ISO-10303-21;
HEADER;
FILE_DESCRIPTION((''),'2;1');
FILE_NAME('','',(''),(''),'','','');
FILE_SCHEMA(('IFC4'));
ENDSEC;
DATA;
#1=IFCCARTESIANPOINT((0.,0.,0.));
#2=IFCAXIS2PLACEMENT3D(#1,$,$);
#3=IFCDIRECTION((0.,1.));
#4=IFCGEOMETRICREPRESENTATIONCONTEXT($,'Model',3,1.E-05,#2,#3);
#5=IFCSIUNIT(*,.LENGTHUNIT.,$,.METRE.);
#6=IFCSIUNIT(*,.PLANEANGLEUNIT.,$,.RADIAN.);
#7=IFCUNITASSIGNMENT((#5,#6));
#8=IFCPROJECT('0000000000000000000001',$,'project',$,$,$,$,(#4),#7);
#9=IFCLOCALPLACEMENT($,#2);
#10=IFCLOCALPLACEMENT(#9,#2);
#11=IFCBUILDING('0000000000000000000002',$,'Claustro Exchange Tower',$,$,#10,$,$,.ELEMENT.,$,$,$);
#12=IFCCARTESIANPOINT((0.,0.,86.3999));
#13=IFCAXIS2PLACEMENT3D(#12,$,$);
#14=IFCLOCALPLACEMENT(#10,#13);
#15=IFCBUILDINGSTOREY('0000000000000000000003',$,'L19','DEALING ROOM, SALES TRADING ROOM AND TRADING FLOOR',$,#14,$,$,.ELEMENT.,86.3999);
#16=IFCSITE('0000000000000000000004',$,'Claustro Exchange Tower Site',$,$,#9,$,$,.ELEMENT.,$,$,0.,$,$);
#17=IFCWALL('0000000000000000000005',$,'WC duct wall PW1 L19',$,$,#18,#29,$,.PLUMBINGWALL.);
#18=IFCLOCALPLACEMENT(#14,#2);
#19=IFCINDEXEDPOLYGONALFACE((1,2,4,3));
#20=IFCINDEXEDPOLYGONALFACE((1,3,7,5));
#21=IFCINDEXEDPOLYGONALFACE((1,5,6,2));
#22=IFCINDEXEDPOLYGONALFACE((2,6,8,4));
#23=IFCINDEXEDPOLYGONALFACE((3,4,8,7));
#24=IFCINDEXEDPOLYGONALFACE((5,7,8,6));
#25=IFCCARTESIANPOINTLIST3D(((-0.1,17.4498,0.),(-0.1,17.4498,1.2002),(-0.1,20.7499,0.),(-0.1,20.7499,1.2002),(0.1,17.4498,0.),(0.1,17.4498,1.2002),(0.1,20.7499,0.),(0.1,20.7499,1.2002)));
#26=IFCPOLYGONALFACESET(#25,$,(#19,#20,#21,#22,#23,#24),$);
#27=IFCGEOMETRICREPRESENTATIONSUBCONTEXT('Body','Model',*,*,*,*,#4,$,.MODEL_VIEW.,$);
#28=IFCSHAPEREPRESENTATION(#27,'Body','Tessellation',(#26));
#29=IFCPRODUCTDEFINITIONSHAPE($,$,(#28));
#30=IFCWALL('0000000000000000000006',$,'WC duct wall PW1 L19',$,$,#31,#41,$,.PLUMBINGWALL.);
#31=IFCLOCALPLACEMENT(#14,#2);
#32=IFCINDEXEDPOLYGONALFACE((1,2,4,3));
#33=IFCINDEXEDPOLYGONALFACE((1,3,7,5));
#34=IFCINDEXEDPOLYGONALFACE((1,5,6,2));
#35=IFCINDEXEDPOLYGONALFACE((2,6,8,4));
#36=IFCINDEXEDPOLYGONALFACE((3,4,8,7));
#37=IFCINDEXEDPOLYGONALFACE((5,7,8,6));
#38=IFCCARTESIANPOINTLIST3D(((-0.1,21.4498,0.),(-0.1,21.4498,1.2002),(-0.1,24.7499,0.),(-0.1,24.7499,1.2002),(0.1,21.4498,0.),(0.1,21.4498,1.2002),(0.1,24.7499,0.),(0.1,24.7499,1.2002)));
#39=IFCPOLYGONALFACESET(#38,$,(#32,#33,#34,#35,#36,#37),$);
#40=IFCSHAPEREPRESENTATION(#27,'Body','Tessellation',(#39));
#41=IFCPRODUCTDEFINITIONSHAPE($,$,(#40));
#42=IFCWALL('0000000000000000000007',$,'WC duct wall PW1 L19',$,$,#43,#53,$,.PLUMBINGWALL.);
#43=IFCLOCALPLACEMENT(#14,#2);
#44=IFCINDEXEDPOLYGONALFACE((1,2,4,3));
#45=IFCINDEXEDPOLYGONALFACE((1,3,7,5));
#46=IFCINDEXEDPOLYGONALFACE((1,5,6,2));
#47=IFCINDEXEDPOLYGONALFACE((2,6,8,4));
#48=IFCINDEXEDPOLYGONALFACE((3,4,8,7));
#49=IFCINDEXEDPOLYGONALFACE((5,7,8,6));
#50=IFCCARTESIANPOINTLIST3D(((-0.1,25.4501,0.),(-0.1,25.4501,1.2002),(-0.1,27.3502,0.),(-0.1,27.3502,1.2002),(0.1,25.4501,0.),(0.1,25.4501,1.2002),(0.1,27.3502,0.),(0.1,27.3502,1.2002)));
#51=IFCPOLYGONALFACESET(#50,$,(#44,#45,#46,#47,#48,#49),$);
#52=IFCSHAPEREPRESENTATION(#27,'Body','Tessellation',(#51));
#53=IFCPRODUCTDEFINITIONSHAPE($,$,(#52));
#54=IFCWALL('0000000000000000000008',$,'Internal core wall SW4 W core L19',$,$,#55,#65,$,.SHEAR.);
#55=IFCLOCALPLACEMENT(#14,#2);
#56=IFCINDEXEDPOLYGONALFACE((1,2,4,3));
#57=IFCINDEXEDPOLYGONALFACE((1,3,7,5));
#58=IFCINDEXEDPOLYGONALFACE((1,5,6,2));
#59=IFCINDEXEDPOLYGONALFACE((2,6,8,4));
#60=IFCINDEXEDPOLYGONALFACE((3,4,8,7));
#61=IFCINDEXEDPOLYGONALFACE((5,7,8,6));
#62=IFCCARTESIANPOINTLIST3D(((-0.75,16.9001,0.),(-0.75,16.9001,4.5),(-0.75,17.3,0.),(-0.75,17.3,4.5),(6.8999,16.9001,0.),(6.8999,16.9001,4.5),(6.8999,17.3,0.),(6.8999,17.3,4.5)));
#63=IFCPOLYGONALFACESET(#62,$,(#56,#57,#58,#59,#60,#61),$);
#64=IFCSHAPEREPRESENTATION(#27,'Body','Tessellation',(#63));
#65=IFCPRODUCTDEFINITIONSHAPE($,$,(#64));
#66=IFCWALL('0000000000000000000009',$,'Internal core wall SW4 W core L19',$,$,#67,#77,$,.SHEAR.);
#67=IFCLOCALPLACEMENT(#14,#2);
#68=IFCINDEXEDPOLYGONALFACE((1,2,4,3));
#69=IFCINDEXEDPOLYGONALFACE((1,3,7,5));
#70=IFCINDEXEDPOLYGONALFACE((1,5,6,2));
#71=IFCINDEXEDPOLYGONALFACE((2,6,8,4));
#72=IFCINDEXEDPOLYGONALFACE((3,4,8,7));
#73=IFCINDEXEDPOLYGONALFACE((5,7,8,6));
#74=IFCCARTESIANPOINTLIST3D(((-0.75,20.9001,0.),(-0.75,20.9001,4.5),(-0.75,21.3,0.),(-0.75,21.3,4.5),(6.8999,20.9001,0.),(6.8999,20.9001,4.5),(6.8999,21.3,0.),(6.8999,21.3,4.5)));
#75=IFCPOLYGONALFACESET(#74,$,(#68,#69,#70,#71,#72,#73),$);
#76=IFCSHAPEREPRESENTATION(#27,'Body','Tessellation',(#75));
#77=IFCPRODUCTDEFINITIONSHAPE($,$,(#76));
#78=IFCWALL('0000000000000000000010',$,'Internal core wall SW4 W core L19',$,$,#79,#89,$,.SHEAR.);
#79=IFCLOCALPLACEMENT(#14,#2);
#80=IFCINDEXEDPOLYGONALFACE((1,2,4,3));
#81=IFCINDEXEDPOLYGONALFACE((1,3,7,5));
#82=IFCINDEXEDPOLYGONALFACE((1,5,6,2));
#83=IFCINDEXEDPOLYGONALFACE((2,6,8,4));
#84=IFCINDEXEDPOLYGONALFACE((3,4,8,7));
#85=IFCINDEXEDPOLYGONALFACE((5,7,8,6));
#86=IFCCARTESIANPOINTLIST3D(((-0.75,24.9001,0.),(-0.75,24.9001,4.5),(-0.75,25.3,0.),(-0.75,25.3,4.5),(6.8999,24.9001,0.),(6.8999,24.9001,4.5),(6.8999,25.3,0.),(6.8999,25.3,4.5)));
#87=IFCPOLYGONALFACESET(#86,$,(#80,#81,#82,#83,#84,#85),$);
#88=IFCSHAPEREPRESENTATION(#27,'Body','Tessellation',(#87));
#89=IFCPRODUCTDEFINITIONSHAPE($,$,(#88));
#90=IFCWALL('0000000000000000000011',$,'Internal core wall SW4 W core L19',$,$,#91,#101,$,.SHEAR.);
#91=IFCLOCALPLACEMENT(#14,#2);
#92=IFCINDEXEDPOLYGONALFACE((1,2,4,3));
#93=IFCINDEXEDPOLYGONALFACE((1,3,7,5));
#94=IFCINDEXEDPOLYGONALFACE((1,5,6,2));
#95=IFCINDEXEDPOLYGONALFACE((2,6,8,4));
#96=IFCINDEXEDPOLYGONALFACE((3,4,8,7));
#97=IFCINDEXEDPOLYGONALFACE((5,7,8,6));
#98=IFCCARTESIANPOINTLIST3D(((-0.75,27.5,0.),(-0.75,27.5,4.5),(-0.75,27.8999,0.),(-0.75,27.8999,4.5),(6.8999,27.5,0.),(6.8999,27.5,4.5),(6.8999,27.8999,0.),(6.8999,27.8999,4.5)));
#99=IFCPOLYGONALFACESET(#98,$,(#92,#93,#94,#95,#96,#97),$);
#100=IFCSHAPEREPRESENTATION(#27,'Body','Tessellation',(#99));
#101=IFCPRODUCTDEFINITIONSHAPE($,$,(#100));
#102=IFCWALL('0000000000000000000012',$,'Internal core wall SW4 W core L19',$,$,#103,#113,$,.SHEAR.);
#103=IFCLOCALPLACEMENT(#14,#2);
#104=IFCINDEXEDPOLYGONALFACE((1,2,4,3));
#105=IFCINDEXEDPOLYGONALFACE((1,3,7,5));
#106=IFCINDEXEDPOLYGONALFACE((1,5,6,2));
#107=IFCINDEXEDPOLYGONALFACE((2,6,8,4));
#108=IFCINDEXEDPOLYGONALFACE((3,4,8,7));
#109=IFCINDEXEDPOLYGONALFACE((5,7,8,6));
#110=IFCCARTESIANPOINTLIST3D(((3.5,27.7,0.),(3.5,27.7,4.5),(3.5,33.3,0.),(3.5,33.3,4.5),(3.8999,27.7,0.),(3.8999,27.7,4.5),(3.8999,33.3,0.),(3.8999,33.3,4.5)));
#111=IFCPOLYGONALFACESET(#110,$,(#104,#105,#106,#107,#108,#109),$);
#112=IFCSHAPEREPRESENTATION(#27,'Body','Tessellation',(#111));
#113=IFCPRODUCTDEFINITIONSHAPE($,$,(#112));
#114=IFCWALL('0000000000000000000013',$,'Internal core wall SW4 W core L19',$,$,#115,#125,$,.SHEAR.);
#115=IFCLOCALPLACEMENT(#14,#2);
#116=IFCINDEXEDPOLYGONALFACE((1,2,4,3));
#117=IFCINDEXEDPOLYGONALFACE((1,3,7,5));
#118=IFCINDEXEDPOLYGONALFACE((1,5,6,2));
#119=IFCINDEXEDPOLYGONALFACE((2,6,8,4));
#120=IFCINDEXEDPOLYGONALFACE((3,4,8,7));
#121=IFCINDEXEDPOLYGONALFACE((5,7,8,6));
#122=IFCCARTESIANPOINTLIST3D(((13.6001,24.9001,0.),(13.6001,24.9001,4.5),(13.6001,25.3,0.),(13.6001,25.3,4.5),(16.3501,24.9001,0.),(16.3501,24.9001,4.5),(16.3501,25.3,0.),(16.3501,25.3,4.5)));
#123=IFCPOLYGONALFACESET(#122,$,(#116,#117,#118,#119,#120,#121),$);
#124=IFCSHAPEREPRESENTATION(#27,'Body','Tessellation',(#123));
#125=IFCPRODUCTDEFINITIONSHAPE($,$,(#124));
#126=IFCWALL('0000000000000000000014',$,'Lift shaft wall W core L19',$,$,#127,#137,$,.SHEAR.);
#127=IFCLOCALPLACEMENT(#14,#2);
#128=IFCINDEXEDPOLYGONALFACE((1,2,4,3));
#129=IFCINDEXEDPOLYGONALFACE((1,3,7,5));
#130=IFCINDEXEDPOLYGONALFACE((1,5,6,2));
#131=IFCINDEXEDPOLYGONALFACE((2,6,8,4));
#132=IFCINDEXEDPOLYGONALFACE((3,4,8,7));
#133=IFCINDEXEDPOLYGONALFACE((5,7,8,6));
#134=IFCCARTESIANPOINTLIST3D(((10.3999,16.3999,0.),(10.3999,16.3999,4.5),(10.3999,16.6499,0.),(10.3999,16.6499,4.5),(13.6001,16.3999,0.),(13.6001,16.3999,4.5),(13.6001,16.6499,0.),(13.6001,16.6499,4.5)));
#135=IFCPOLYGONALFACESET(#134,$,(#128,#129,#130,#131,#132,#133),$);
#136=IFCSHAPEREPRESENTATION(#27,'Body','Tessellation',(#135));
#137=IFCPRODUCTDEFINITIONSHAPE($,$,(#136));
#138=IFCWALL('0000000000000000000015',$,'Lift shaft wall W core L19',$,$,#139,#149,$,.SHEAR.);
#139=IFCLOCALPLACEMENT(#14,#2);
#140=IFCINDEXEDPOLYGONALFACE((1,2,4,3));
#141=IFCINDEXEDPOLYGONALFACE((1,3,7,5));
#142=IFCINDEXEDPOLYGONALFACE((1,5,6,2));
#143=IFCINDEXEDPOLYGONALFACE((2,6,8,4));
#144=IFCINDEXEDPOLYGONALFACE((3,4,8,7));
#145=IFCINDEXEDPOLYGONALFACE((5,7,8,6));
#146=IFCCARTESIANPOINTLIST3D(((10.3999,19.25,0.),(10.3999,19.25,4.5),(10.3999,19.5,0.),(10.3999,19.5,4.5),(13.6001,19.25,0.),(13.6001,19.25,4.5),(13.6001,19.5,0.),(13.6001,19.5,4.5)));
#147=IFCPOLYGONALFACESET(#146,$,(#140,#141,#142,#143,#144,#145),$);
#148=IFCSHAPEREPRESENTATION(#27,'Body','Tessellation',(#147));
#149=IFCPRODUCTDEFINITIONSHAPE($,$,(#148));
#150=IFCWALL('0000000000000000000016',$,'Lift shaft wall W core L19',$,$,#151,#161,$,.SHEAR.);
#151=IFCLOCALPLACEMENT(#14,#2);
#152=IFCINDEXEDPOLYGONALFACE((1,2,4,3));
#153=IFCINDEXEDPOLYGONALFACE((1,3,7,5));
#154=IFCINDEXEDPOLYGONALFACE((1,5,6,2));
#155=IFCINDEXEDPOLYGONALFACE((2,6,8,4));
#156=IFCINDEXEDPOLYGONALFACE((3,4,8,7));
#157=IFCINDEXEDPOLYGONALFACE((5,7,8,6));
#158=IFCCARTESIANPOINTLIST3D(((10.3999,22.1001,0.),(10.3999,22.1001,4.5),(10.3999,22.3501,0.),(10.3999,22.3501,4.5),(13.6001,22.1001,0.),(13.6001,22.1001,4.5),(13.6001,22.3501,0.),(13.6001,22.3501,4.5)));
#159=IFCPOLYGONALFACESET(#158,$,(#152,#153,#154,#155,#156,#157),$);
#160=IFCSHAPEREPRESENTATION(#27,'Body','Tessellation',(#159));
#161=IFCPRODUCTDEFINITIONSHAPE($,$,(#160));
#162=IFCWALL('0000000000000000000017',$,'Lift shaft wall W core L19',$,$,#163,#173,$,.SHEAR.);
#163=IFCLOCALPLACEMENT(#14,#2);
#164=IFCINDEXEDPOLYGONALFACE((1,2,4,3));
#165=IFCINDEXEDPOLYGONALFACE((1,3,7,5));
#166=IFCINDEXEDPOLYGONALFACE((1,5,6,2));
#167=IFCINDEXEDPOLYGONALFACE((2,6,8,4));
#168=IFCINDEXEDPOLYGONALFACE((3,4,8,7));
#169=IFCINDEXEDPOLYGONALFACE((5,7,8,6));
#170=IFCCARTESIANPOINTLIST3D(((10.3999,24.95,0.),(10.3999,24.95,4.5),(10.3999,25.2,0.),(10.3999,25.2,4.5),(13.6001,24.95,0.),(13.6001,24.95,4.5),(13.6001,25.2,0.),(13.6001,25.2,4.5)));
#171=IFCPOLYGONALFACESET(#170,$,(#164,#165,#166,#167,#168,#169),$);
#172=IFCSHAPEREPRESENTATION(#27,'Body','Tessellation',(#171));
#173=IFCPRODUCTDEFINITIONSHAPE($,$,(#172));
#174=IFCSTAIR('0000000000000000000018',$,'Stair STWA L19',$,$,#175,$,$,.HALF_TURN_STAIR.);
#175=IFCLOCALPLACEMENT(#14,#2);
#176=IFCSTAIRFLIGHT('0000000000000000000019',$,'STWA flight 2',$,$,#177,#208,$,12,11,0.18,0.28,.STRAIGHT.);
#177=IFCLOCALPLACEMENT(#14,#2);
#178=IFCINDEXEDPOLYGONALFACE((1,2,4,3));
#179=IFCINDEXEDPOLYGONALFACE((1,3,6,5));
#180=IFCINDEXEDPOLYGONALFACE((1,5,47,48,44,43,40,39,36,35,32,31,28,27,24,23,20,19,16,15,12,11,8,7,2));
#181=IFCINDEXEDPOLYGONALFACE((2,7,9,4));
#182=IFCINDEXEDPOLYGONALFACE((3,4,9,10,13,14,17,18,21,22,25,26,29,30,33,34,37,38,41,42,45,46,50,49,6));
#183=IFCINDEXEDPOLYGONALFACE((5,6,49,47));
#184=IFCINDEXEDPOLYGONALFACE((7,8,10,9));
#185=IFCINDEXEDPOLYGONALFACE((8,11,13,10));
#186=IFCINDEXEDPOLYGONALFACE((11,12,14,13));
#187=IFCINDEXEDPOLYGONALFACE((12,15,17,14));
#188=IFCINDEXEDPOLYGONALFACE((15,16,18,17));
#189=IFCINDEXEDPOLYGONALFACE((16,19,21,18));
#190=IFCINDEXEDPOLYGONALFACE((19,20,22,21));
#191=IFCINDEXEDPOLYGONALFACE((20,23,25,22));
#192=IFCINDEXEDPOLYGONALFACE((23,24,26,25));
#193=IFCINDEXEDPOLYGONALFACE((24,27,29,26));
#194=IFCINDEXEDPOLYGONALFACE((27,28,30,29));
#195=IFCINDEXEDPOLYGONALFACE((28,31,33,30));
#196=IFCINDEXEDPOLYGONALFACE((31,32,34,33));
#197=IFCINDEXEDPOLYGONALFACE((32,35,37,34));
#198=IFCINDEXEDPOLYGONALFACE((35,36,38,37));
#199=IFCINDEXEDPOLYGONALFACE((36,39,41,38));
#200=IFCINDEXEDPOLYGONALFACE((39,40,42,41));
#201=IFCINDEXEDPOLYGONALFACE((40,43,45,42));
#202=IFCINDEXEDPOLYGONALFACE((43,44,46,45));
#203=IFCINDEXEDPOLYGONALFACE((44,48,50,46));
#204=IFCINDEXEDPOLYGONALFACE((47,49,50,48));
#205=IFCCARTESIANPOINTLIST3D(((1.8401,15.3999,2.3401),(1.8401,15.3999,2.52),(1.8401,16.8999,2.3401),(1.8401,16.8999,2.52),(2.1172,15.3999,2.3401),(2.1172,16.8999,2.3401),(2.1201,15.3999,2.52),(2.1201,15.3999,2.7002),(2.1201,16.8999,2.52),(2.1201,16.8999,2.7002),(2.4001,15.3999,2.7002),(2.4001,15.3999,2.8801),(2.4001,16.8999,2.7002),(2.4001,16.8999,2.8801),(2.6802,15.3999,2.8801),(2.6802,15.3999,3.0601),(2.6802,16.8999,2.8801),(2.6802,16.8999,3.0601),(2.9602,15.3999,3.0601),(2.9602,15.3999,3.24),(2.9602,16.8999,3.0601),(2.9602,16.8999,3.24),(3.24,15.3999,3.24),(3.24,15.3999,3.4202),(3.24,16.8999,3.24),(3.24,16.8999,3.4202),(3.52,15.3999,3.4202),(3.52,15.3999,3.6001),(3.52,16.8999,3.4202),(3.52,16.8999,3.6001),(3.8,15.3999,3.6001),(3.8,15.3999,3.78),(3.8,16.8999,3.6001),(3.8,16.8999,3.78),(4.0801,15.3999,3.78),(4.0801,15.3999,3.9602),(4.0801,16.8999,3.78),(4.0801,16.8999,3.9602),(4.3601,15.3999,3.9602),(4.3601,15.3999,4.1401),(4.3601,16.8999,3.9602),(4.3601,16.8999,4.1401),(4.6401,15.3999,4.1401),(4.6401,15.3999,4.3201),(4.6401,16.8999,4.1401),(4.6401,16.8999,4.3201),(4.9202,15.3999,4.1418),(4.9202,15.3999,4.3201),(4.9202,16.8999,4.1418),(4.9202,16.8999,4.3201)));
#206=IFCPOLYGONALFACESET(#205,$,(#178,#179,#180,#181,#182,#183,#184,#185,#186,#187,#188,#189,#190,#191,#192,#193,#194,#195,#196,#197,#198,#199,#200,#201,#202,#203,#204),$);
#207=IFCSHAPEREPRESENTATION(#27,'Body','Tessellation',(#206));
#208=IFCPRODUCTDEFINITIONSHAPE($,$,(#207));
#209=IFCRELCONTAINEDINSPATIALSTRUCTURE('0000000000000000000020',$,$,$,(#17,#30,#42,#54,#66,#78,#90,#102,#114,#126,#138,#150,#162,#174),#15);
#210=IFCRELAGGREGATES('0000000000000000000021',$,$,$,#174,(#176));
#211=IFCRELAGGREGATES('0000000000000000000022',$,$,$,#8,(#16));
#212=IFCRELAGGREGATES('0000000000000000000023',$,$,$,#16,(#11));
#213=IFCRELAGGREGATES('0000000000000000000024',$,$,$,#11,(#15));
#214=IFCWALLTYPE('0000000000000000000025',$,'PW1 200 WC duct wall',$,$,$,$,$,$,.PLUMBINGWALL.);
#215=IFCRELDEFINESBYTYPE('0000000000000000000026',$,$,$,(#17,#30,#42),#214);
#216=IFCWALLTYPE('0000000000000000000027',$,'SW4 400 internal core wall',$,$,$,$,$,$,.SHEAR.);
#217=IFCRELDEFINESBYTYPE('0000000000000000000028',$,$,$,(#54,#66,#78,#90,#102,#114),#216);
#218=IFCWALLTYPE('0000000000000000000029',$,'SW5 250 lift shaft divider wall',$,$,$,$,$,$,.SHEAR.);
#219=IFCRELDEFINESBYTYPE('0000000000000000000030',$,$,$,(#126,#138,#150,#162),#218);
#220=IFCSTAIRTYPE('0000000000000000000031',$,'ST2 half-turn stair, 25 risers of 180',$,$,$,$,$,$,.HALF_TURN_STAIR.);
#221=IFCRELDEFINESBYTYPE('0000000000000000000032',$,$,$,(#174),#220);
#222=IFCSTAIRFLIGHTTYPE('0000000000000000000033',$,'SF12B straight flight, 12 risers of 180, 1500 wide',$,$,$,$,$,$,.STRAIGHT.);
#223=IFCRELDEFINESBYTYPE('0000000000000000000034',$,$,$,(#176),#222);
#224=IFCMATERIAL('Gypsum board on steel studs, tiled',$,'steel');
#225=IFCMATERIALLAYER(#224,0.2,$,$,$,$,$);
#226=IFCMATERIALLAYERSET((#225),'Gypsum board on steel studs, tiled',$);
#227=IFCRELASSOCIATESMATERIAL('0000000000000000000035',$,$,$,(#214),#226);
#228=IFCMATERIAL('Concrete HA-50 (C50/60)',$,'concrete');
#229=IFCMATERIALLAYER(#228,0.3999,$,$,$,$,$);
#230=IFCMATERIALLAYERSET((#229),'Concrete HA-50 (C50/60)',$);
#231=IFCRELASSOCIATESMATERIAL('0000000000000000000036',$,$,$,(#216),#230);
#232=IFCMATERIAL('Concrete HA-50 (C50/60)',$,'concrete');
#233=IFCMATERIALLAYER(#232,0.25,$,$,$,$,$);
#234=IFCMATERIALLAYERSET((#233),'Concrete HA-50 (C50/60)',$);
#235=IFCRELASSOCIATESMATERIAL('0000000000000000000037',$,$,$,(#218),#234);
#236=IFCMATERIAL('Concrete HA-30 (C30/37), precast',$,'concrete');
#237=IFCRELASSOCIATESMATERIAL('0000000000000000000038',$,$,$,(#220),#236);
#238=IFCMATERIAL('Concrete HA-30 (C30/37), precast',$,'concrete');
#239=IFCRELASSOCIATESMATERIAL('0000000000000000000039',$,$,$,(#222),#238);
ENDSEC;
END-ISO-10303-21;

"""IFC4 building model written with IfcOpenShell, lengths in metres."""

from ifc_helpers import new_model, si_unit, direction, frame, frame_2d, origin, place, context, subcontext, project, spatial, polyline, rectangle, outline, extrude, material, layer, layer_set, type_object, element, aggregate, save


model = new_model("IFC4")

# Units and contexts
model_context = context("Model", 3, precision=1e-05, world=origin(), true_north=direction((0.0, 1.0)))
body_context = subcontext(model_context, "Body", "Model", "MODEL_VIEW")
ifc_project = project(units=[si_unit("LENGTHUNIT", "METRE"), si_unit("PLANEANGLEUNIT", "RADIAN")], contexts=[model_context])

# Site, building, storey
site_placement = place(None, origin())
site = spatial("IfcSite", under=ifc_project, at=site_placement, Name="Claustro Exchange Tower Site", CompositionType="ELEMENT", RefElevation=0.0)
building_placement = place(site_placement, origin())
building = spatial("IfcBuilding", under=site, at=building_placement, Name="Claustro Exchange Tower", CompositionType="ELEMENT")
storey_placement = place(building_placement, frame((0.0, 0.0, 86.3999)))
storey = spatial("IfcBuildingStorey", under=building, at=storey_placement, Name="L19", Description="DEALING ROOM, SALES TRADING ROOM AND TRADING FLOOR", CompositionType="ELEMENT", Elevation=86.3999)

# Walls
ifc_material_1 = material(Name="Gypsum board on steel studs, tiled", Category="steel")
ifc_layer_1 = layer(ifc_material_1, 0.2)
ifc_layer_set_1 = layer_set([ifc_layer_1], Name="Gypsum board on steel studs, tiled")
wall_type_1 = type_object("IfcWallType", Name="PW1 200 WC duct wall", PredefinedType="PLUMBINGWALL", material=ifc_layer_set_1)
for number, where, z_axis, x_axis, name in (
    (1, (0.0, 17.45, 0.0), (0.0, 0.0, 1.0), (0.0, 1.0, 0.0), "WC duct wall PW1 L19"),
    (2, (0.0, 21.45, 0.0), (0.0, 0.0, 1.0), (0.0, 1.0, 0.0), "WC duct wall PW1 L19"),
):
    element("IfcWall", number, at=place(storey_placement, frame(where, z_axis=z_axis, x_axis=x_axis)), inside=storey, type_object=wall_type_1, Name=name, PredefinedType="PLUMBINGWALL", context=body_context, shape_type="SweptSolid", body=[
        extrude(rectangle(XDim=3.3, YDim=0.2, at=frame_2d((1.6499, 0.0))), origin(), (0.0, 0.0, 1.0), 1.2002),
    ])
wall_1_placement = place(storey_placement, frame((0.0, 25.45, 0.0), z_axis=(0.0, 0.0, 1.0), x_axis=(0.0, 1.0, 0.0)))
element("IfcWall", 3, at=wall_1_placement, inside=storey, type_object=wall_type_1, Name="WC duct wall PW1 L19", PredefinedType="PLUMBINGWALL", context=body_context, shape_type="SweptSolid", body=[
    extrude(rectangle(XDim=1.9001, YDim=0.2, at=frame_2d((0.9502, 0.0))), origin(), (0.0, 0.0, 1.0), 1.2002),
])
ifc_material_2 = material(Name="Concrete HA-50 (C50/60)", Category="concrete")
ifc_layer_2 = layer(ifc_material_2, 0.3999)
ifc_layer_set_2 = layer_set([ifc_layer_2], Name="Concrete HA-50 (C50/60)")
wall_type_2 = type_object("IfcWallType", Name="SW4 400 internal core wall", PredefinedType="SHEAR", material=ifc_layer_set_2)
for number, where, z_axis, x_axis, name in (
    (4, (-0.75, 17.1001, 0.0), (0.0, 0.0, 1.0), (1.0, 0.0, 0.0), "Internal core wall SW4 W core L19"),
    (5, (-0.75, 21.1001, 0.0), (0.0, 0.0, 1.0), (1.0, 0.0, 0.0), "Internal core wall SW4 W core L19"),
    (6, (-0.75, 25.1001, 0.0), (0.0, 0.0, 1.0), (1.0, 0.0, 0.0), "Internal core wall SW4 W core L19"),
    (7, (-0.75, 27.7, 0.0), (0.0, 0.0, 1.0), (1.0, 0.0, 0.0), "Internal core wall SW4 W core L19"),
):
    element("IfcWall", number, at=place(storey_placement, frame(where, z_axis=z_axis, x_axis=x_axis)), inside=storey, type_object=wall_type_2, Name=name, PredefinedType="SHEAR", context=body_context, shape_type="SweptSolid", body=[
        extrude(rectangle(XDim=7.6499, YDim=0.3999, at=frame_2d((3.825, 0.0))), origin(), (0.0, 0.0, 1.0), 4.5),
    ])
wall_2_placement = place(storey_placement, frame((3.7, 27.7, 0.0), z_axis=(0.0, 0.0, 1.0), x_axis=(0.0, 1.0, 0.0)))
element("IfcWall", 8, at=wall_2_placement, inside=storey, type_object=wall_type_2, Name="Internal core wall SW4 W core L19", PredefinedType="SHEAR", context=body_context, shape_type="SweptSolid", body=[
    extrude(rectangle(XDim=5.6001, YDim=0.3999, at=frame_2d((2.8, 0.0))), origin(), (0.0, 0.0, 1.0), 4.5),
])
wall_3_placement = place(storey_placement, frame((13.6001, 25.1001, 0.0), z_axis=(0.0, 0.0, 1.0), x_axis=(1.0, 0.0, 0.0)))
element("IfcWall", 9, at=wall_3_placement, inside=storey, type_object=wall_type_2, Name="Internal core wall SW4 W core L19", PredefinedType="SHEAR", context=body_context, shape_type="SweptSolid", body=[
    extrude(rectangle(XDim=2.75, YDim=0.3999, at=frame_2d((1.375, 0.0))), origin(), (0.0, 0.0, 1.0), 4.5),
])
ifc_material_3 = material(Name="Concrete HA-50 (C50/60)", Category="concrete")
ifc_layer_3 = layer(ifc_material_3, 0.25)
ifc_layer_set_3 = layer_set([ifc_layer_3], Name="Concrete HA-50 (C50/60)")
wall_type_3 = type_object("IfcWallType", Name="SW5 250 lift shaft divider wall", PredefinedType="SHEAR", material=ifc_layer_set_3)
for number, where, z_axis, x_axis, name in (
    (10, (10.3999, 16.5249, 0.0), (0.0, 0.0, 1.0), (1.0, 0.0, 0.0), "Lift shaft wall W core L19"),
    (11, (10.3999, 19.375, 0.0), (0.0, 0.0, 1.0), (1.0, 0.0, 0.0), "Lift shaft wall W core L19"),
    (12, (10.3999, 22.2251, 0.0), (0.0, 0.0, 1.0), (1.0, 0.0, 0.0), "Lift shaft wall W core L19"),
    (13, (10.3999, 25.075, 0.0), (0.0, 0.0, 1.0), (1.0, 0.0, 0.0), "Lift shaft wall W core L19"),
):
    element("IfcWall", number, at=place(storey_placement, frame(where, z_axis=z_axis, x_axis=x_axis)), inside=storey, type_object=wall_type_3, Name=name, PredefinedType="SHEAR", context=body_context, shape_type="SweptSolid", body=[
        extrude(rectangle(XDim=3.2002, YDim=0.25, at=frame_2d((1.6001, 0.0))), origin(), (0.0, 0.0, 1.0), 4.5),
    ])

# Stair, stair flight
ifc_material_4 = material(Name="Concrete HA-30 (C30/37), precast", Category="concrete")
stair_type = type_object("IfcStairType", Name="ST2 half-turn stair, 25 risers of 180", PredefinedType="HALF_TURN_STAIR", material=ifc_material_4)
stair_placement = place(storey_placement, origin())
stair = element("IfcStair", 14, at=stair_placement, inside=storey, type_object=stair_type, Name="Stair STWA L19", PredefinedType="HALF_TURN_STAIR")
ifc_material_5 = material(Name="Concrete HA-30 (C30/37), precast", Category="concrete")
stair_flight_type = type_object("IfcStairFlightType", Name="SF12B straight flight, 12 risers of 180, 1500 wide", PredefinedType="STRAIGHT", material=ifc_material_5)
stair_flight_placement = place(storey_placement, frame((1.8401, 16.1499, 2.3401), z_axis=(0.0, 0.0, 1.0), x_axis=(1.0, 0.0, 0.0)))
stair_flight = element("IfcStairFlight", 15, at=stair_flight_placement, type_object=stair_flight_type, Name="STWA flight 2", NumberOfRisers=12, NumberOfTreads=11, PredefinedType="STRAIGHT", RiserHeight=0.18, TreadLength=0.28, context=body_context, shape_type="SweptSolid", body=[
    extrude(outline(polyline([(0.0, 0.0), (0.0, 0.1799), (0.28, 0.1799), (0.28, 0.3601), (0.5601, 0.3601), (0.5601, 0.54), (0.8401, 0.54), (0.8401, 0.72), (1.1201, 0.72), (1.1201, 0.8999), (1.3999, 0.8999), (1.3999, 1.0801), (1.6799, 1.0801), (1.6799, 1.26), (1.96, 1.26), (1.96, 1.4399), (2.24, 1.4399), (2.24, 1.6201), (2.52, 1.6201), (2.52, 1.8), (2.8, 1.8), (2.8, 1.98), (3.0801, 1.98), (3.0801, 2.1599), (3.0801, 1.8018), (0.2771, 0.0), (0.0, 0.0)])), frame((0.0, 0.75, 0.0), z_axis=(0.0, -1.0, 0.0), x_axis=(1.0, 0.0, 0.0)), (0.0, 0.0, 1.0), 1.5),
])
aggregate(stair, [stair_flight])

save(model, "model.ifc")
